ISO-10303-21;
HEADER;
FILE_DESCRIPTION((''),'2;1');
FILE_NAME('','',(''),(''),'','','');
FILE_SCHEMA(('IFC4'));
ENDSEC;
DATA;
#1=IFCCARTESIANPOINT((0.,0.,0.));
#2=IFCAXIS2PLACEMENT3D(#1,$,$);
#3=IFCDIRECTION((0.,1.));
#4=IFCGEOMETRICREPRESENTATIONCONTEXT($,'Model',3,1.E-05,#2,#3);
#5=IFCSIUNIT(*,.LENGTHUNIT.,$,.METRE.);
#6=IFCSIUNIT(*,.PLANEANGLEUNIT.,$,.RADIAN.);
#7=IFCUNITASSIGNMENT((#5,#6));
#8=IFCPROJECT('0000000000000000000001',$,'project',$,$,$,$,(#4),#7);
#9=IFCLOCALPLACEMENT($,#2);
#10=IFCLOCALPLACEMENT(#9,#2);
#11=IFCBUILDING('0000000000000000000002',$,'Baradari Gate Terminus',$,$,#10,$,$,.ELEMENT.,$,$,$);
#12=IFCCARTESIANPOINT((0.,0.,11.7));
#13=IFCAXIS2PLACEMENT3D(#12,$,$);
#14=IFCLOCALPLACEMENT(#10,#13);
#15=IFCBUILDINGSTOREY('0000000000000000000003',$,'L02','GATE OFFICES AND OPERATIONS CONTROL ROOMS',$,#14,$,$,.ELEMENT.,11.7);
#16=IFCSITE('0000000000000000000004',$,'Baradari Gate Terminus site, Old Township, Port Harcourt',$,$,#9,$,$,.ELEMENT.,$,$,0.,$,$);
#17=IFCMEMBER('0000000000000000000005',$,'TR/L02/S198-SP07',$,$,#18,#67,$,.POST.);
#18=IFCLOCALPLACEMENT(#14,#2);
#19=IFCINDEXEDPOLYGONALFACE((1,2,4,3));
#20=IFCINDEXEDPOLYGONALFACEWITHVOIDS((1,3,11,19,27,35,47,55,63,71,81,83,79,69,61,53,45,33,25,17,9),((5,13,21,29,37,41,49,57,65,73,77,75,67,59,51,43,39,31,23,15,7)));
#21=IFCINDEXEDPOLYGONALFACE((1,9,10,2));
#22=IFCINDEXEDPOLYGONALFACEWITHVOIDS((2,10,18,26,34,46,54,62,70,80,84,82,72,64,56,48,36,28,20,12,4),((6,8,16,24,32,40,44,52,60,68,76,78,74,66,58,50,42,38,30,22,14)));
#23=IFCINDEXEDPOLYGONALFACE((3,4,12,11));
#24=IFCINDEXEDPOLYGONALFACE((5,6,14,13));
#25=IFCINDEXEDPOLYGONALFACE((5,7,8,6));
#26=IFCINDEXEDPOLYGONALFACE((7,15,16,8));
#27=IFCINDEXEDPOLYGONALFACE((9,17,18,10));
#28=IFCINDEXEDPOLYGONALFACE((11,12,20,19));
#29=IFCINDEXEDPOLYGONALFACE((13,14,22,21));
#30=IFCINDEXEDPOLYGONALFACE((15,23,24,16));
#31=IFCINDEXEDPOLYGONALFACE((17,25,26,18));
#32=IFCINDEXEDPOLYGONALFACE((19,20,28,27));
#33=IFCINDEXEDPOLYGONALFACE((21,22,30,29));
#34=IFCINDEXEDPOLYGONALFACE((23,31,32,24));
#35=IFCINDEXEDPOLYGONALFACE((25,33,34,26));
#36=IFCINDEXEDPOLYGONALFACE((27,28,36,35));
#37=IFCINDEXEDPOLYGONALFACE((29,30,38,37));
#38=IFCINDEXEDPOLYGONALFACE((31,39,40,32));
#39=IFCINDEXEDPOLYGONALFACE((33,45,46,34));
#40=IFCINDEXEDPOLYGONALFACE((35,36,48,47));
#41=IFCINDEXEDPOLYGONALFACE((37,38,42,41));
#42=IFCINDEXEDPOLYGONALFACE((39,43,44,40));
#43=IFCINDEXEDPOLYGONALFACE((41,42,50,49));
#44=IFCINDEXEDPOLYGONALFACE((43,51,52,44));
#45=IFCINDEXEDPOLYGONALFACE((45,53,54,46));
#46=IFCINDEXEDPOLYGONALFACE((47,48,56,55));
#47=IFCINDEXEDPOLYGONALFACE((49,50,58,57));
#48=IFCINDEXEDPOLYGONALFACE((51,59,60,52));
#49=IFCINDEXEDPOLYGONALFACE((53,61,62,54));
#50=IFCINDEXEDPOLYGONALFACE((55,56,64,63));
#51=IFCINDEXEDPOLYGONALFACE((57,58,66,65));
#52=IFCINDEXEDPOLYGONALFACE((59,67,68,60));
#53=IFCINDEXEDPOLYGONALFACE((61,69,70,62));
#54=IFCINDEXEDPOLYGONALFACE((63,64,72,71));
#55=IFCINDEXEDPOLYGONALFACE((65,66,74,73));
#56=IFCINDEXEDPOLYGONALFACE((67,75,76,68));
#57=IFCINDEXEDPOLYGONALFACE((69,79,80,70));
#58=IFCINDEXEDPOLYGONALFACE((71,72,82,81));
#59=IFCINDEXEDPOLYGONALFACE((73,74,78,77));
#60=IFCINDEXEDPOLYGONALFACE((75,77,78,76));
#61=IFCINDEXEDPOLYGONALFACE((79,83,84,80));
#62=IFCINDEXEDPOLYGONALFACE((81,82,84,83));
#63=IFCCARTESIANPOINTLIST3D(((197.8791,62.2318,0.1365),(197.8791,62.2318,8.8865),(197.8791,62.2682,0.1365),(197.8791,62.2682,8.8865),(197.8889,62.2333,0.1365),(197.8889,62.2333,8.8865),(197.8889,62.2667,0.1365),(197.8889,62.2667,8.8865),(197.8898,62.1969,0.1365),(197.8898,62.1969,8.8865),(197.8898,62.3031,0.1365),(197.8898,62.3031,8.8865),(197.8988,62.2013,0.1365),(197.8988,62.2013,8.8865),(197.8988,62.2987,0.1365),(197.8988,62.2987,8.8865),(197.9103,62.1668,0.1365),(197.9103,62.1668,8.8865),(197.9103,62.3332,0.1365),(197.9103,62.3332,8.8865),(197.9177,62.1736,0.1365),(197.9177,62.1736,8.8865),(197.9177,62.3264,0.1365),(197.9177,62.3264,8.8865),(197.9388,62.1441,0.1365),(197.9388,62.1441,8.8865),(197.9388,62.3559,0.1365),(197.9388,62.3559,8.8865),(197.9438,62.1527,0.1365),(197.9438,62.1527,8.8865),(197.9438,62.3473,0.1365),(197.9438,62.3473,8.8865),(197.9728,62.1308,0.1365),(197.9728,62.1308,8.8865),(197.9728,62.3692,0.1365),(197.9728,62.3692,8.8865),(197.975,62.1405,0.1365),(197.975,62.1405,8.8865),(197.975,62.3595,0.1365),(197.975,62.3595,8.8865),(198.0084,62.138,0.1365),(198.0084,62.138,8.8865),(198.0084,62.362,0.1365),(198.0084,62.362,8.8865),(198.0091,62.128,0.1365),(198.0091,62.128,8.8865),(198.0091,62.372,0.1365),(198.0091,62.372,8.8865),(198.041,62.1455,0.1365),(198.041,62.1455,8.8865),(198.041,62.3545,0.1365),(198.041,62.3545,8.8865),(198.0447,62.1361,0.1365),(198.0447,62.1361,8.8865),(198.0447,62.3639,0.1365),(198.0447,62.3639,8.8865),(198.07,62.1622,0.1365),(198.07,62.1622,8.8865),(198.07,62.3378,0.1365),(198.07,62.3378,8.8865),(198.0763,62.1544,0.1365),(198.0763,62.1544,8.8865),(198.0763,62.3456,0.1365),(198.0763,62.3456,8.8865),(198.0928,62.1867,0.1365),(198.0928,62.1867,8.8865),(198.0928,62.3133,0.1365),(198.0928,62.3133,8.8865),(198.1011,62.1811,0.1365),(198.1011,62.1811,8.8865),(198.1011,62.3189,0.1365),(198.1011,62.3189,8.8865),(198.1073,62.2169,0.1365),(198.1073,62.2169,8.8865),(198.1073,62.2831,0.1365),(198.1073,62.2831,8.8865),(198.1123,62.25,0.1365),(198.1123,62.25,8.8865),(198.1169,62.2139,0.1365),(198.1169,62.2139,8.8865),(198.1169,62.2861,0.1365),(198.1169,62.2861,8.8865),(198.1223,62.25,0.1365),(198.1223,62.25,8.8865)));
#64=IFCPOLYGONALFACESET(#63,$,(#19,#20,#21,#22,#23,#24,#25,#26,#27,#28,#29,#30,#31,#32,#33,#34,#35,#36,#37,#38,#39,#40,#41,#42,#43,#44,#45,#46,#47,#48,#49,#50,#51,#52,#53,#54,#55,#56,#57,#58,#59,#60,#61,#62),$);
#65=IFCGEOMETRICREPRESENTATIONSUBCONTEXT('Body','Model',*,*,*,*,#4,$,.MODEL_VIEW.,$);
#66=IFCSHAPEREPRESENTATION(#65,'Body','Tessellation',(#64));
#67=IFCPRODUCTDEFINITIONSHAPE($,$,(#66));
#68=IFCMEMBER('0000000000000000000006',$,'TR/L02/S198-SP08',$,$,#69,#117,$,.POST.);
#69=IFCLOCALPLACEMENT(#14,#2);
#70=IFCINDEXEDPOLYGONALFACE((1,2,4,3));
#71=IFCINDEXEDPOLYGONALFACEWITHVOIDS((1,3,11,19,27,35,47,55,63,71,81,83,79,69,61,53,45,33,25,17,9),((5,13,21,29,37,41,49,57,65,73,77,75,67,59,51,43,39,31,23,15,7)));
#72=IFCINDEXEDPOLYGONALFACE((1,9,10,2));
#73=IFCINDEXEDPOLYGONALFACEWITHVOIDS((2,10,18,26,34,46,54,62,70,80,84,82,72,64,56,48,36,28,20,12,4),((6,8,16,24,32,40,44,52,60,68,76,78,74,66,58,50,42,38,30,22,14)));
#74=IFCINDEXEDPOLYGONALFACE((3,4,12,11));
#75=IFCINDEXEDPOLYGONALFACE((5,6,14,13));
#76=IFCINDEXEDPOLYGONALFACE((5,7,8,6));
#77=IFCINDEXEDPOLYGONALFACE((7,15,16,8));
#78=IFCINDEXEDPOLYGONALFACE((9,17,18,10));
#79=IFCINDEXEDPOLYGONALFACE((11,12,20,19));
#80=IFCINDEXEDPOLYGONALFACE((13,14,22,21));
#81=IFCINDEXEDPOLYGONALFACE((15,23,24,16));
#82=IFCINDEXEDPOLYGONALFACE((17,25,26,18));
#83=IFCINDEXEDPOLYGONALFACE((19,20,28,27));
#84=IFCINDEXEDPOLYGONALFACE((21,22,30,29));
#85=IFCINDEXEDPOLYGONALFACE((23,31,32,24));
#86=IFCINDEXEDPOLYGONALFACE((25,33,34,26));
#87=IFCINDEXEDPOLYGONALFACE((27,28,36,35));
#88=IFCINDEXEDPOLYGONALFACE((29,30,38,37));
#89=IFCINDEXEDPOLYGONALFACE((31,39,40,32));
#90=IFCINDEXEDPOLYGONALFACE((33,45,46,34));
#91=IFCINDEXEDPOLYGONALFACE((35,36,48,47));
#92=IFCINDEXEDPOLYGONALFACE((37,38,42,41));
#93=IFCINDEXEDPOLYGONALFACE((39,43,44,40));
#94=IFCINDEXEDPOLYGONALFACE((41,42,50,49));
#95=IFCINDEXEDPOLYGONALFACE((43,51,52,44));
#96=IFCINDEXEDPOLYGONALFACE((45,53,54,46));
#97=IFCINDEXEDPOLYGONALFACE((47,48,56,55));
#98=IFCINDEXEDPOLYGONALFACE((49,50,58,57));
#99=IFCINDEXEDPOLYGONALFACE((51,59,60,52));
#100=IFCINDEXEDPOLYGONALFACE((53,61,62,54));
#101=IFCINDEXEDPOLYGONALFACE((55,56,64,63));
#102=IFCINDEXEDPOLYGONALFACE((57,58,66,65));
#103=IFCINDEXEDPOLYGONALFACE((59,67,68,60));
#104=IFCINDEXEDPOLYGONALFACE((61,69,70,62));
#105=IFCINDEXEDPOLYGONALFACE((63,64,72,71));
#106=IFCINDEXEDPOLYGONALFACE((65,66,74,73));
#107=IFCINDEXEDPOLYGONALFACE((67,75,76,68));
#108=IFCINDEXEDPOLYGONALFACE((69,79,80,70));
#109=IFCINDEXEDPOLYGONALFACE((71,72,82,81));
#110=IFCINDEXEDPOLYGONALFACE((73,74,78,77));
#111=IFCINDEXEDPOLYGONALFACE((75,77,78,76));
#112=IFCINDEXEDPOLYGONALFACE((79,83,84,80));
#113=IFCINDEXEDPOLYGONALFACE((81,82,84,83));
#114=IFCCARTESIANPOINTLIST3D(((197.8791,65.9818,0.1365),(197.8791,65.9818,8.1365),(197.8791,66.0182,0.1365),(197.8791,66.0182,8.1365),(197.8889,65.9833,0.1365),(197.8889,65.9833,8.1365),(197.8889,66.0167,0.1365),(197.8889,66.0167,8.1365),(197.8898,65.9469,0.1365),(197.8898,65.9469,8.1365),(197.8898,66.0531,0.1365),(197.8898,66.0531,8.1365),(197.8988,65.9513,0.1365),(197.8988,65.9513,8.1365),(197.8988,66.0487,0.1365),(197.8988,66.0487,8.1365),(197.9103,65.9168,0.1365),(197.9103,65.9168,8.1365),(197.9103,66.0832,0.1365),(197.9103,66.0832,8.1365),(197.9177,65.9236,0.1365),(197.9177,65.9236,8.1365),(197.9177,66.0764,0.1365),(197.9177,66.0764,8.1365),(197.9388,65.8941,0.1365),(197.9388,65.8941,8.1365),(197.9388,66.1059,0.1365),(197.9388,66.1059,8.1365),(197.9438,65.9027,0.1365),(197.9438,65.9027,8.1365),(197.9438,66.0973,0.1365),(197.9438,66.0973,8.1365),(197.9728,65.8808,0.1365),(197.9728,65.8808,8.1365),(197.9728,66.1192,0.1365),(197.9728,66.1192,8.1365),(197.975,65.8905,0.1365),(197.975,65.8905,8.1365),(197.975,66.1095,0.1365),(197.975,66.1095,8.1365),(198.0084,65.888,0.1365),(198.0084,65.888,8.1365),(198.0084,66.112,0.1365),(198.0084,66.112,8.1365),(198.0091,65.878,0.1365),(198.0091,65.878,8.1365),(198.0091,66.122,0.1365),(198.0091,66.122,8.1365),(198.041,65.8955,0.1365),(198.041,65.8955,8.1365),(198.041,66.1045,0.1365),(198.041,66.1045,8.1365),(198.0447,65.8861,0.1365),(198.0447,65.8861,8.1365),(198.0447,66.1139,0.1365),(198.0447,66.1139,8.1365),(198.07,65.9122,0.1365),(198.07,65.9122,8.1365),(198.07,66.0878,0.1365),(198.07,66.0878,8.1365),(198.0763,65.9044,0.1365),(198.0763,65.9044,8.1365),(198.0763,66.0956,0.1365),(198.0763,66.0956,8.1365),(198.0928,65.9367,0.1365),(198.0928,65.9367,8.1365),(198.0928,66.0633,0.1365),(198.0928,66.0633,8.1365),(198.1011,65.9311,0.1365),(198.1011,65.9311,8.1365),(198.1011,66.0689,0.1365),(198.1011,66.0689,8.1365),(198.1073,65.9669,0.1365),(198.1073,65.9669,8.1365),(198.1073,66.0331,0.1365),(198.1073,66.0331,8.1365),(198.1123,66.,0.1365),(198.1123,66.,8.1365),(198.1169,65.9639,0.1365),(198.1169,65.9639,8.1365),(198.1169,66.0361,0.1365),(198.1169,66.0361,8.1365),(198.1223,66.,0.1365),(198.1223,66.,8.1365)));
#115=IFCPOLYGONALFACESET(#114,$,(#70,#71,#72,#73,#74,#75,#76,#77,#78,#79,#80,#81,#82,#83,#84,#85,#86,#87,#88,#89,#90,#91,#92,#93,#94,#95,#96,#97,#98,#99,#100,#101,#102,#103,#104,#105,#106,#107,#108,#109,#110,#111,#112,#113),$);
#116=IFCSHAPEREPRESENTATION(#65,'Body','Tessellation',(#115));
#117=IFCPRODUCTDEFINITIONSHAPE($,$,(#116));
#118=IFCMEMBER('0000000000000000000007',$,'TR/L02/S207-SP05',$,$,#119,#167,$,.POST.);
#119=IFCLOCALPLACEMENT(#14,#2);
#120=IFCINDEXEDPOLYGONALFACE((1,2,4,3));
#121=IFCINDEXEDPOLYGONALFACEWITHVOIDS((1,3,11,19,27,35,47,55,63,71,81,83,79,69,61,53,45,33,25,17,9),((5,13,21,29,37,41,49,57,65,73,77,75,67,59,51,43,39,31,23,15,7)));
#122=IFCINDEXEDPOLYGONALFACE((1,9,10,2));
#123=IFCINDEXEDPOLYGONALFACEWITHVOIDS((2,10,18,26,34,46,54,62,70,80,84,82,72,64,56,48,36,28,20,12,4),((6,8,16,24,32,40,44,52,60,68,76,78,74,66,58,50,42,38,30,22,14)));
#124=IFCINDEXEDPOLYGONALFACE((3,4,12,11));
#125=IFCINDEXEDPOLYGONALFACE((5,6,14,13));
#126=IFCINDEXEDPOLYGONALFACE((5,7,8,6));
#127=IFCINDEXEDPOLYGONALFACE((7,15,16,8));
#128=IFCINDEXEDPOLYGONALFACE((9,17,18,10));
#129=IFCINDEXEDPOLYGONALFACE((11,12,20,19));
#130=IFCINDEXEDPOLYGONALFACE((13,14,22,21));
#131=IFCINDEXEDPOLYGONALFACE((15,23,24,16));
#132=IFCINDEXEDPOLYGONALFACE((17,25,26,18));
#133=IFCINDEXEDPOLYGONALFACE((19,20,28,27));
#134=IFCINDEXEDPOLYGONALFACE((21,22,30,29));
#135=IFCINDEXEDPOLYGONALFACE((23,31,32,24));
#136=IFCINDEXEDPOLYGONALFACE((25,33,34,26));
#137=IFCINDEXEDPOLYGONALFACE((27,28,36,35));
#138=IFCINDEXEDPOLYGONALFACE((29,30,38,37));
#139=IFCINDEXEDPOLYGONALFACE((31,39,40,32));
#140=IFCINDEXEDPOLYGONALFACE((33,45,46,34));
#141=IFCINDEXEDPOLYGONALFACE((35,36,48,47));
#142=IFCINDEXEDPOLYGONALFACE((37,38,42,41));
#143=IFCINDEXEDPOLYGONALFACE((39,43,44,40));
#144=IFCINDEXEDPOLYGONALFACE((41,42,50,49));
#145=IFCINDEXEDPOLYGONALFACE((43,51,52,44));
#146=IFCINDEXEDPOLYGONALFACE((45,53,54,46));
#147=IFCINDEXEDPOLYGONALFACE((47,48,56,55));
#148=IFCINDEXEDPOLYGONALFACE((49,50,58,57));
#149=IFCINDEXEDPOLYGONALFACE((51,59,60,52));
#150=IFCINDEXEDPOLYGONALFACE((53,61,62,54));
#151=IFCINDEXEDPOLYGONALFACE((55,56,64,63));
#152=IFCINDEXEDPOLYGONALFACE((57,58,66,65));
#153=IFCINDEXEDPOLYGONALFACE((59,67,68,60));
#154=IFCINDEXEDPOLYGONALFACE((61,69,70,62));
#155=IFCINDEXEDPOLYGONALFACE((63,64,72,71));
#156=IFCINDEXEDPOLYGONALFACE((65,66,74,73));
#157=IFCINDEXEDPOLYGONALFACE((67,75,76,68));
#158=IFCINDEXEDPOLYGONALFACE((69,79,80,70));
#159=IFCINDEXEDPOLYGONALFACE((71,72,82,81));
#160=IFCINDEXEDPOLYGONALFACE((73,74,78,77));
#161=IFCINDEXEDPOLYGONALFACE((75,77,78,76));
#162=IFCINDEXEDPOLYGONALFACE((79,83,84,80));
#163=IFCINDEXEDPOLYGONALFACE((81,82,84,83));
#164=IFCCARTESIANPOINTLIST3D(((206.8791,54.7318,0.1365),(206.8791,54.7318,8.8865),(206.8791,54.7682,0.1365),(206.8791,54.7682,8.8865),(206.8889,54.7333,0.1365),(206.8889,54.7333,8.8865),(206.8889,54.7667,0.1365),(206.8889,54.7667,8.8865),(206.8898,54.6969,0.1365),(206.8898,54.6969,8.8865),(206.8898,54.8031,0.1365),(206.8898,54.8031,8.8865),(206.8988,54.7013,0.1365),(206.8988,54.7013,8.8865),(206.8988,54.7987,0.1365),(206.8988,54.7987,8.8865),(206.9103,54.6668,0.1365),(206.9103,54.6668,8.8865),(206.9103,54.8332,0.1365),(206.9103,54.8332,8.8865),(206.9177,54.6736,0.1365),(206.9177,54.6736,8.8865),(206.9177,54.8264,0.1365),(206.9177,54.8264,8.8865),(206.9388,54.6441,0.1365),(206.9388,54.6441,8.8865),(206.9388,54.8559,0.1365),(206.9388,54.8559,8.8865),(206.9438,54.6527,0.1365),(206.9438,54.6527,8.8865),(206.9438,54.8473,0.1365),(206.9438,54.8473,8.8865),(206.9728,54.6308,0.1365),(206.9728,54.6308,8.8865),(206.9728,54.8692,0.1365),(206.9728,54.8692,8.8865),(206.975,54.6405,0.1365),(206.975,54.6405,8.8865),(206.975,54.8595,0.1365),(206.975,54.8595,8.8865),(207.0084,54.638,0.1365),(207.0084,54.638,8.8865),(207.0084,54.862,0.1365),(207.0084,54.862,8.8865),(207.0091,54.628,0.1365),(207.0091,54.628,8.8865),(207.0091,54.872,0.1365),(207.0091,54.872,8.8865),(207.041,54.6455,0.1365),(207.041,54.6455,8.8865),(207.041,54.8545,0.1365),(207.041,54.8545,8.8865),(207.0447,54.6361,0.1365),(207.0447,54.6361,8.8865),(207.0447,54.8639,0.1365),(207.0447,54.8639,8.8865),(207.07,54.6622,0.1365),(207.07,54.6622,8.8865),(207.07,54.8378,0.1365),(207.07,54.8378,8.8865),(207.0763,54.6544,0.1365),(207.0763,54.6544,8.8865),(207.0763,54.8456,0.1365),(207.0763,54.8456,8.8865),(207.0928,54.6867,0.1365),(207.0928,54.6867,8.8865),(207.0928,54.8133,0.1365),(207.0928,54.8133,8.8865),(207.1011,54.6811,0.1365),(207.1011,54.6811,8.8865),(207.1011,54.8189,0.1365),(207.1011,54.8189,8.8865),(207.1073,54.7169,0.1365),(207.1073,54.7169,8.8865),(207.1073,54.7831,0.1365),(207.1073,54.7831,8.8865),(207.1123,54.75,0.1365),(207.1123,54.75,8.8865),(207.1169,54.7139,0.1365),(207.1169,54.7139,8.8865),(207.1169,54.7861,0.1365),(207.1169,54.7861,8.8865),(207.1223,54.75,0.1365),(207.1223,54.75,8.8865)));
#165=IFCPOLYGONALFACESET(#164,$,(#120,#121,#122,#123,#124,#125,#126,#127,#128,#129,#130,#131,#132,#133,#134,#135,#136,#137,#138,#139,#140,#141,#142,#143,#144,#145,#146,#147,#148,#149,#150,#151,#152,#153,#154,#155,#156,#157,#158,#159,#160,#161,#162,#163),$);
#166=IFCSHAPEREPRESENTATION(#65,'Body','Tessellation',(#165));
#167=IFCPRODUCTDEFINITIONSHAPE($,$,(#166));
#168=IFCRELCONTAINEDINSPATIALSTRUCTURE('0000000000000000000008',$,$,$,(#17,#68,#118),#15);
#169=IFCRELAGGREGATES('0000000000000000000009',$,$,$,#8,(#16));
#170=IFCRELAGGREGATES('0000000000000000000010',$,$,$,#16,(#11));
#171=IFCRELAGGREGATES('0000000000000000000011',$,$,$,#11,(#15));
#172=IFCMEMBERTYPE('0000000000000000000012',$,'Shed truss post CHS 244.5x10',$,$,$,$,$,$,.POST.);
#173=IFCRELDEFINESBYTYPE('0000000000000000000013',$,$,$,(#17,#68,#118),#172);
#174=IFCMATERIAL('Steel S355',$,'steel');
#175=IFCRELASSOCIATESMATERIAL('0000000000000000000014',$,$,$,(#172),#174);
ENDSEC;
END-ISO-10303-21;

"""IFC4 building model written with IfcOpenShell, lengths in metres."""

from ifc_helpers import new_model, si_unit, direction, frame, origin, origin_2d, place, context, subcontext, project, spatial, hollow_circle, extrude, material, material_profile, profile_set, type_object, element, save


model = new_model("IFC4")

# Units and contexts
model_context = context("Model", 3, precision=1e-05, world=origin(), true_north=direction((0.0, 1.0)))
body_context = subcontext(model_context, "Body", "Model", "MODEL_VIEW")
ifc_project = project(units=[si_unit("LENGTHUNIT", "METRE"), si_unit("PLANEANGLEUNIT", "RADIAN")], contexts=[model_context])

# Site, building, storey
site_placement = place(None, origin())
site = spatial("IfcSite", under=ifc_project, at=site_placement, Name="Baradari Gate Terminus site, Old Township, Port Harcourt", CompositionType="ELEMENT", RefElevation=0.0)
building_placement = place(site_placement, origin())
building = spatial("IfcBuilding", under=site, at=building_placement, Name="Baradari Gate Terminus", CompositionType="ELEMENT")
storey_placement = place(building_placement, frame((0.0, 0.0, 11.7)))
storey = spatial("IfcBuildingStorey", under=building, at=storey_placement, Name="L02", Description="GATE OFFICES AND OPERATIONS CONTROL ROOMS", CompositionType="ELEMENT", Elevation=11.7)

# Members
ifc_material_1 = material(Name="Steel S355", Category="steel")
ifc_material_profile_1 = material_profile(ifc_material_1, hollow_circle(Radius=0.1223, WallThickness=0.01, at=origin_2d()), Name="CHS 244.5x10")
ifc_profile_set_1 = profile_set([ifc_material_profile_1], Name="Steel S355")
member_type_1 = type_object("IfcMemberType", Name="Shed truss post CHS 244.5x10", PredefinedType="POST", material=ifc_profile_set_1)
member_1_placement = place(storey_placement, frame((198.0, 62.25, 0.1365), z_axis=(0.0, 0.0, 1.0), x_axis=(1.0, 0.0, 0.0)))
element("IfcMember", 1, at=member_1_placement, inside=storey, type_object=member_type_1, Name="TR/L02/S198-SP07", PredefinedType="POST", context=body_context, shape_type="SweptSolid", body=[
    extrude(hollow_circle(Radius=0.1223, WallThickness=0.01, at=origin_2d()), origin(), (0.0, 0.0, 1.0), 8.75),
])
member_2_placement = place(storey_placement, frame((198.0, 66.0, 0.1365), z_axis=(0.0, 0.0, 1.0), x_axis=(1.0, 0.0, 0.0)))
element("IfcMember", 2, at=member_2_placement, inside=storey, type_object=member_type_1, Name="TR/L02/S198-SP08", PredefinedType="POST", context=body_context, shape_type="SweptSolid", body=[
    extrude(hollow_circle(Radius=0.1223, WallThickness=0.01, at=origin_2d()), origin(), (0.0, 0.0, 1.0), 8.0),
])
member_3_placement = place(storey_placement, frame((207.0, 54.75, 0.1365), z_axis=(0.0, 0.0, 1.0), x_axis=(1.0, 0.0, 0.0)))
element("IfcMember", 3, at=member_3_placement, inside=storey, type_object=member_type_1, Name="TR/L02/S207-SP05", PredefinedType="POST", context=body_context, shape_type="SweptSolid", body=[
    extrude(hollow_circle(Radius=0.1223, WallThickness=0.01, at=origin_2d()), origin(), (0.0, 0.0, 1.0), 8.75),
])

save(model, "model.ifc")
